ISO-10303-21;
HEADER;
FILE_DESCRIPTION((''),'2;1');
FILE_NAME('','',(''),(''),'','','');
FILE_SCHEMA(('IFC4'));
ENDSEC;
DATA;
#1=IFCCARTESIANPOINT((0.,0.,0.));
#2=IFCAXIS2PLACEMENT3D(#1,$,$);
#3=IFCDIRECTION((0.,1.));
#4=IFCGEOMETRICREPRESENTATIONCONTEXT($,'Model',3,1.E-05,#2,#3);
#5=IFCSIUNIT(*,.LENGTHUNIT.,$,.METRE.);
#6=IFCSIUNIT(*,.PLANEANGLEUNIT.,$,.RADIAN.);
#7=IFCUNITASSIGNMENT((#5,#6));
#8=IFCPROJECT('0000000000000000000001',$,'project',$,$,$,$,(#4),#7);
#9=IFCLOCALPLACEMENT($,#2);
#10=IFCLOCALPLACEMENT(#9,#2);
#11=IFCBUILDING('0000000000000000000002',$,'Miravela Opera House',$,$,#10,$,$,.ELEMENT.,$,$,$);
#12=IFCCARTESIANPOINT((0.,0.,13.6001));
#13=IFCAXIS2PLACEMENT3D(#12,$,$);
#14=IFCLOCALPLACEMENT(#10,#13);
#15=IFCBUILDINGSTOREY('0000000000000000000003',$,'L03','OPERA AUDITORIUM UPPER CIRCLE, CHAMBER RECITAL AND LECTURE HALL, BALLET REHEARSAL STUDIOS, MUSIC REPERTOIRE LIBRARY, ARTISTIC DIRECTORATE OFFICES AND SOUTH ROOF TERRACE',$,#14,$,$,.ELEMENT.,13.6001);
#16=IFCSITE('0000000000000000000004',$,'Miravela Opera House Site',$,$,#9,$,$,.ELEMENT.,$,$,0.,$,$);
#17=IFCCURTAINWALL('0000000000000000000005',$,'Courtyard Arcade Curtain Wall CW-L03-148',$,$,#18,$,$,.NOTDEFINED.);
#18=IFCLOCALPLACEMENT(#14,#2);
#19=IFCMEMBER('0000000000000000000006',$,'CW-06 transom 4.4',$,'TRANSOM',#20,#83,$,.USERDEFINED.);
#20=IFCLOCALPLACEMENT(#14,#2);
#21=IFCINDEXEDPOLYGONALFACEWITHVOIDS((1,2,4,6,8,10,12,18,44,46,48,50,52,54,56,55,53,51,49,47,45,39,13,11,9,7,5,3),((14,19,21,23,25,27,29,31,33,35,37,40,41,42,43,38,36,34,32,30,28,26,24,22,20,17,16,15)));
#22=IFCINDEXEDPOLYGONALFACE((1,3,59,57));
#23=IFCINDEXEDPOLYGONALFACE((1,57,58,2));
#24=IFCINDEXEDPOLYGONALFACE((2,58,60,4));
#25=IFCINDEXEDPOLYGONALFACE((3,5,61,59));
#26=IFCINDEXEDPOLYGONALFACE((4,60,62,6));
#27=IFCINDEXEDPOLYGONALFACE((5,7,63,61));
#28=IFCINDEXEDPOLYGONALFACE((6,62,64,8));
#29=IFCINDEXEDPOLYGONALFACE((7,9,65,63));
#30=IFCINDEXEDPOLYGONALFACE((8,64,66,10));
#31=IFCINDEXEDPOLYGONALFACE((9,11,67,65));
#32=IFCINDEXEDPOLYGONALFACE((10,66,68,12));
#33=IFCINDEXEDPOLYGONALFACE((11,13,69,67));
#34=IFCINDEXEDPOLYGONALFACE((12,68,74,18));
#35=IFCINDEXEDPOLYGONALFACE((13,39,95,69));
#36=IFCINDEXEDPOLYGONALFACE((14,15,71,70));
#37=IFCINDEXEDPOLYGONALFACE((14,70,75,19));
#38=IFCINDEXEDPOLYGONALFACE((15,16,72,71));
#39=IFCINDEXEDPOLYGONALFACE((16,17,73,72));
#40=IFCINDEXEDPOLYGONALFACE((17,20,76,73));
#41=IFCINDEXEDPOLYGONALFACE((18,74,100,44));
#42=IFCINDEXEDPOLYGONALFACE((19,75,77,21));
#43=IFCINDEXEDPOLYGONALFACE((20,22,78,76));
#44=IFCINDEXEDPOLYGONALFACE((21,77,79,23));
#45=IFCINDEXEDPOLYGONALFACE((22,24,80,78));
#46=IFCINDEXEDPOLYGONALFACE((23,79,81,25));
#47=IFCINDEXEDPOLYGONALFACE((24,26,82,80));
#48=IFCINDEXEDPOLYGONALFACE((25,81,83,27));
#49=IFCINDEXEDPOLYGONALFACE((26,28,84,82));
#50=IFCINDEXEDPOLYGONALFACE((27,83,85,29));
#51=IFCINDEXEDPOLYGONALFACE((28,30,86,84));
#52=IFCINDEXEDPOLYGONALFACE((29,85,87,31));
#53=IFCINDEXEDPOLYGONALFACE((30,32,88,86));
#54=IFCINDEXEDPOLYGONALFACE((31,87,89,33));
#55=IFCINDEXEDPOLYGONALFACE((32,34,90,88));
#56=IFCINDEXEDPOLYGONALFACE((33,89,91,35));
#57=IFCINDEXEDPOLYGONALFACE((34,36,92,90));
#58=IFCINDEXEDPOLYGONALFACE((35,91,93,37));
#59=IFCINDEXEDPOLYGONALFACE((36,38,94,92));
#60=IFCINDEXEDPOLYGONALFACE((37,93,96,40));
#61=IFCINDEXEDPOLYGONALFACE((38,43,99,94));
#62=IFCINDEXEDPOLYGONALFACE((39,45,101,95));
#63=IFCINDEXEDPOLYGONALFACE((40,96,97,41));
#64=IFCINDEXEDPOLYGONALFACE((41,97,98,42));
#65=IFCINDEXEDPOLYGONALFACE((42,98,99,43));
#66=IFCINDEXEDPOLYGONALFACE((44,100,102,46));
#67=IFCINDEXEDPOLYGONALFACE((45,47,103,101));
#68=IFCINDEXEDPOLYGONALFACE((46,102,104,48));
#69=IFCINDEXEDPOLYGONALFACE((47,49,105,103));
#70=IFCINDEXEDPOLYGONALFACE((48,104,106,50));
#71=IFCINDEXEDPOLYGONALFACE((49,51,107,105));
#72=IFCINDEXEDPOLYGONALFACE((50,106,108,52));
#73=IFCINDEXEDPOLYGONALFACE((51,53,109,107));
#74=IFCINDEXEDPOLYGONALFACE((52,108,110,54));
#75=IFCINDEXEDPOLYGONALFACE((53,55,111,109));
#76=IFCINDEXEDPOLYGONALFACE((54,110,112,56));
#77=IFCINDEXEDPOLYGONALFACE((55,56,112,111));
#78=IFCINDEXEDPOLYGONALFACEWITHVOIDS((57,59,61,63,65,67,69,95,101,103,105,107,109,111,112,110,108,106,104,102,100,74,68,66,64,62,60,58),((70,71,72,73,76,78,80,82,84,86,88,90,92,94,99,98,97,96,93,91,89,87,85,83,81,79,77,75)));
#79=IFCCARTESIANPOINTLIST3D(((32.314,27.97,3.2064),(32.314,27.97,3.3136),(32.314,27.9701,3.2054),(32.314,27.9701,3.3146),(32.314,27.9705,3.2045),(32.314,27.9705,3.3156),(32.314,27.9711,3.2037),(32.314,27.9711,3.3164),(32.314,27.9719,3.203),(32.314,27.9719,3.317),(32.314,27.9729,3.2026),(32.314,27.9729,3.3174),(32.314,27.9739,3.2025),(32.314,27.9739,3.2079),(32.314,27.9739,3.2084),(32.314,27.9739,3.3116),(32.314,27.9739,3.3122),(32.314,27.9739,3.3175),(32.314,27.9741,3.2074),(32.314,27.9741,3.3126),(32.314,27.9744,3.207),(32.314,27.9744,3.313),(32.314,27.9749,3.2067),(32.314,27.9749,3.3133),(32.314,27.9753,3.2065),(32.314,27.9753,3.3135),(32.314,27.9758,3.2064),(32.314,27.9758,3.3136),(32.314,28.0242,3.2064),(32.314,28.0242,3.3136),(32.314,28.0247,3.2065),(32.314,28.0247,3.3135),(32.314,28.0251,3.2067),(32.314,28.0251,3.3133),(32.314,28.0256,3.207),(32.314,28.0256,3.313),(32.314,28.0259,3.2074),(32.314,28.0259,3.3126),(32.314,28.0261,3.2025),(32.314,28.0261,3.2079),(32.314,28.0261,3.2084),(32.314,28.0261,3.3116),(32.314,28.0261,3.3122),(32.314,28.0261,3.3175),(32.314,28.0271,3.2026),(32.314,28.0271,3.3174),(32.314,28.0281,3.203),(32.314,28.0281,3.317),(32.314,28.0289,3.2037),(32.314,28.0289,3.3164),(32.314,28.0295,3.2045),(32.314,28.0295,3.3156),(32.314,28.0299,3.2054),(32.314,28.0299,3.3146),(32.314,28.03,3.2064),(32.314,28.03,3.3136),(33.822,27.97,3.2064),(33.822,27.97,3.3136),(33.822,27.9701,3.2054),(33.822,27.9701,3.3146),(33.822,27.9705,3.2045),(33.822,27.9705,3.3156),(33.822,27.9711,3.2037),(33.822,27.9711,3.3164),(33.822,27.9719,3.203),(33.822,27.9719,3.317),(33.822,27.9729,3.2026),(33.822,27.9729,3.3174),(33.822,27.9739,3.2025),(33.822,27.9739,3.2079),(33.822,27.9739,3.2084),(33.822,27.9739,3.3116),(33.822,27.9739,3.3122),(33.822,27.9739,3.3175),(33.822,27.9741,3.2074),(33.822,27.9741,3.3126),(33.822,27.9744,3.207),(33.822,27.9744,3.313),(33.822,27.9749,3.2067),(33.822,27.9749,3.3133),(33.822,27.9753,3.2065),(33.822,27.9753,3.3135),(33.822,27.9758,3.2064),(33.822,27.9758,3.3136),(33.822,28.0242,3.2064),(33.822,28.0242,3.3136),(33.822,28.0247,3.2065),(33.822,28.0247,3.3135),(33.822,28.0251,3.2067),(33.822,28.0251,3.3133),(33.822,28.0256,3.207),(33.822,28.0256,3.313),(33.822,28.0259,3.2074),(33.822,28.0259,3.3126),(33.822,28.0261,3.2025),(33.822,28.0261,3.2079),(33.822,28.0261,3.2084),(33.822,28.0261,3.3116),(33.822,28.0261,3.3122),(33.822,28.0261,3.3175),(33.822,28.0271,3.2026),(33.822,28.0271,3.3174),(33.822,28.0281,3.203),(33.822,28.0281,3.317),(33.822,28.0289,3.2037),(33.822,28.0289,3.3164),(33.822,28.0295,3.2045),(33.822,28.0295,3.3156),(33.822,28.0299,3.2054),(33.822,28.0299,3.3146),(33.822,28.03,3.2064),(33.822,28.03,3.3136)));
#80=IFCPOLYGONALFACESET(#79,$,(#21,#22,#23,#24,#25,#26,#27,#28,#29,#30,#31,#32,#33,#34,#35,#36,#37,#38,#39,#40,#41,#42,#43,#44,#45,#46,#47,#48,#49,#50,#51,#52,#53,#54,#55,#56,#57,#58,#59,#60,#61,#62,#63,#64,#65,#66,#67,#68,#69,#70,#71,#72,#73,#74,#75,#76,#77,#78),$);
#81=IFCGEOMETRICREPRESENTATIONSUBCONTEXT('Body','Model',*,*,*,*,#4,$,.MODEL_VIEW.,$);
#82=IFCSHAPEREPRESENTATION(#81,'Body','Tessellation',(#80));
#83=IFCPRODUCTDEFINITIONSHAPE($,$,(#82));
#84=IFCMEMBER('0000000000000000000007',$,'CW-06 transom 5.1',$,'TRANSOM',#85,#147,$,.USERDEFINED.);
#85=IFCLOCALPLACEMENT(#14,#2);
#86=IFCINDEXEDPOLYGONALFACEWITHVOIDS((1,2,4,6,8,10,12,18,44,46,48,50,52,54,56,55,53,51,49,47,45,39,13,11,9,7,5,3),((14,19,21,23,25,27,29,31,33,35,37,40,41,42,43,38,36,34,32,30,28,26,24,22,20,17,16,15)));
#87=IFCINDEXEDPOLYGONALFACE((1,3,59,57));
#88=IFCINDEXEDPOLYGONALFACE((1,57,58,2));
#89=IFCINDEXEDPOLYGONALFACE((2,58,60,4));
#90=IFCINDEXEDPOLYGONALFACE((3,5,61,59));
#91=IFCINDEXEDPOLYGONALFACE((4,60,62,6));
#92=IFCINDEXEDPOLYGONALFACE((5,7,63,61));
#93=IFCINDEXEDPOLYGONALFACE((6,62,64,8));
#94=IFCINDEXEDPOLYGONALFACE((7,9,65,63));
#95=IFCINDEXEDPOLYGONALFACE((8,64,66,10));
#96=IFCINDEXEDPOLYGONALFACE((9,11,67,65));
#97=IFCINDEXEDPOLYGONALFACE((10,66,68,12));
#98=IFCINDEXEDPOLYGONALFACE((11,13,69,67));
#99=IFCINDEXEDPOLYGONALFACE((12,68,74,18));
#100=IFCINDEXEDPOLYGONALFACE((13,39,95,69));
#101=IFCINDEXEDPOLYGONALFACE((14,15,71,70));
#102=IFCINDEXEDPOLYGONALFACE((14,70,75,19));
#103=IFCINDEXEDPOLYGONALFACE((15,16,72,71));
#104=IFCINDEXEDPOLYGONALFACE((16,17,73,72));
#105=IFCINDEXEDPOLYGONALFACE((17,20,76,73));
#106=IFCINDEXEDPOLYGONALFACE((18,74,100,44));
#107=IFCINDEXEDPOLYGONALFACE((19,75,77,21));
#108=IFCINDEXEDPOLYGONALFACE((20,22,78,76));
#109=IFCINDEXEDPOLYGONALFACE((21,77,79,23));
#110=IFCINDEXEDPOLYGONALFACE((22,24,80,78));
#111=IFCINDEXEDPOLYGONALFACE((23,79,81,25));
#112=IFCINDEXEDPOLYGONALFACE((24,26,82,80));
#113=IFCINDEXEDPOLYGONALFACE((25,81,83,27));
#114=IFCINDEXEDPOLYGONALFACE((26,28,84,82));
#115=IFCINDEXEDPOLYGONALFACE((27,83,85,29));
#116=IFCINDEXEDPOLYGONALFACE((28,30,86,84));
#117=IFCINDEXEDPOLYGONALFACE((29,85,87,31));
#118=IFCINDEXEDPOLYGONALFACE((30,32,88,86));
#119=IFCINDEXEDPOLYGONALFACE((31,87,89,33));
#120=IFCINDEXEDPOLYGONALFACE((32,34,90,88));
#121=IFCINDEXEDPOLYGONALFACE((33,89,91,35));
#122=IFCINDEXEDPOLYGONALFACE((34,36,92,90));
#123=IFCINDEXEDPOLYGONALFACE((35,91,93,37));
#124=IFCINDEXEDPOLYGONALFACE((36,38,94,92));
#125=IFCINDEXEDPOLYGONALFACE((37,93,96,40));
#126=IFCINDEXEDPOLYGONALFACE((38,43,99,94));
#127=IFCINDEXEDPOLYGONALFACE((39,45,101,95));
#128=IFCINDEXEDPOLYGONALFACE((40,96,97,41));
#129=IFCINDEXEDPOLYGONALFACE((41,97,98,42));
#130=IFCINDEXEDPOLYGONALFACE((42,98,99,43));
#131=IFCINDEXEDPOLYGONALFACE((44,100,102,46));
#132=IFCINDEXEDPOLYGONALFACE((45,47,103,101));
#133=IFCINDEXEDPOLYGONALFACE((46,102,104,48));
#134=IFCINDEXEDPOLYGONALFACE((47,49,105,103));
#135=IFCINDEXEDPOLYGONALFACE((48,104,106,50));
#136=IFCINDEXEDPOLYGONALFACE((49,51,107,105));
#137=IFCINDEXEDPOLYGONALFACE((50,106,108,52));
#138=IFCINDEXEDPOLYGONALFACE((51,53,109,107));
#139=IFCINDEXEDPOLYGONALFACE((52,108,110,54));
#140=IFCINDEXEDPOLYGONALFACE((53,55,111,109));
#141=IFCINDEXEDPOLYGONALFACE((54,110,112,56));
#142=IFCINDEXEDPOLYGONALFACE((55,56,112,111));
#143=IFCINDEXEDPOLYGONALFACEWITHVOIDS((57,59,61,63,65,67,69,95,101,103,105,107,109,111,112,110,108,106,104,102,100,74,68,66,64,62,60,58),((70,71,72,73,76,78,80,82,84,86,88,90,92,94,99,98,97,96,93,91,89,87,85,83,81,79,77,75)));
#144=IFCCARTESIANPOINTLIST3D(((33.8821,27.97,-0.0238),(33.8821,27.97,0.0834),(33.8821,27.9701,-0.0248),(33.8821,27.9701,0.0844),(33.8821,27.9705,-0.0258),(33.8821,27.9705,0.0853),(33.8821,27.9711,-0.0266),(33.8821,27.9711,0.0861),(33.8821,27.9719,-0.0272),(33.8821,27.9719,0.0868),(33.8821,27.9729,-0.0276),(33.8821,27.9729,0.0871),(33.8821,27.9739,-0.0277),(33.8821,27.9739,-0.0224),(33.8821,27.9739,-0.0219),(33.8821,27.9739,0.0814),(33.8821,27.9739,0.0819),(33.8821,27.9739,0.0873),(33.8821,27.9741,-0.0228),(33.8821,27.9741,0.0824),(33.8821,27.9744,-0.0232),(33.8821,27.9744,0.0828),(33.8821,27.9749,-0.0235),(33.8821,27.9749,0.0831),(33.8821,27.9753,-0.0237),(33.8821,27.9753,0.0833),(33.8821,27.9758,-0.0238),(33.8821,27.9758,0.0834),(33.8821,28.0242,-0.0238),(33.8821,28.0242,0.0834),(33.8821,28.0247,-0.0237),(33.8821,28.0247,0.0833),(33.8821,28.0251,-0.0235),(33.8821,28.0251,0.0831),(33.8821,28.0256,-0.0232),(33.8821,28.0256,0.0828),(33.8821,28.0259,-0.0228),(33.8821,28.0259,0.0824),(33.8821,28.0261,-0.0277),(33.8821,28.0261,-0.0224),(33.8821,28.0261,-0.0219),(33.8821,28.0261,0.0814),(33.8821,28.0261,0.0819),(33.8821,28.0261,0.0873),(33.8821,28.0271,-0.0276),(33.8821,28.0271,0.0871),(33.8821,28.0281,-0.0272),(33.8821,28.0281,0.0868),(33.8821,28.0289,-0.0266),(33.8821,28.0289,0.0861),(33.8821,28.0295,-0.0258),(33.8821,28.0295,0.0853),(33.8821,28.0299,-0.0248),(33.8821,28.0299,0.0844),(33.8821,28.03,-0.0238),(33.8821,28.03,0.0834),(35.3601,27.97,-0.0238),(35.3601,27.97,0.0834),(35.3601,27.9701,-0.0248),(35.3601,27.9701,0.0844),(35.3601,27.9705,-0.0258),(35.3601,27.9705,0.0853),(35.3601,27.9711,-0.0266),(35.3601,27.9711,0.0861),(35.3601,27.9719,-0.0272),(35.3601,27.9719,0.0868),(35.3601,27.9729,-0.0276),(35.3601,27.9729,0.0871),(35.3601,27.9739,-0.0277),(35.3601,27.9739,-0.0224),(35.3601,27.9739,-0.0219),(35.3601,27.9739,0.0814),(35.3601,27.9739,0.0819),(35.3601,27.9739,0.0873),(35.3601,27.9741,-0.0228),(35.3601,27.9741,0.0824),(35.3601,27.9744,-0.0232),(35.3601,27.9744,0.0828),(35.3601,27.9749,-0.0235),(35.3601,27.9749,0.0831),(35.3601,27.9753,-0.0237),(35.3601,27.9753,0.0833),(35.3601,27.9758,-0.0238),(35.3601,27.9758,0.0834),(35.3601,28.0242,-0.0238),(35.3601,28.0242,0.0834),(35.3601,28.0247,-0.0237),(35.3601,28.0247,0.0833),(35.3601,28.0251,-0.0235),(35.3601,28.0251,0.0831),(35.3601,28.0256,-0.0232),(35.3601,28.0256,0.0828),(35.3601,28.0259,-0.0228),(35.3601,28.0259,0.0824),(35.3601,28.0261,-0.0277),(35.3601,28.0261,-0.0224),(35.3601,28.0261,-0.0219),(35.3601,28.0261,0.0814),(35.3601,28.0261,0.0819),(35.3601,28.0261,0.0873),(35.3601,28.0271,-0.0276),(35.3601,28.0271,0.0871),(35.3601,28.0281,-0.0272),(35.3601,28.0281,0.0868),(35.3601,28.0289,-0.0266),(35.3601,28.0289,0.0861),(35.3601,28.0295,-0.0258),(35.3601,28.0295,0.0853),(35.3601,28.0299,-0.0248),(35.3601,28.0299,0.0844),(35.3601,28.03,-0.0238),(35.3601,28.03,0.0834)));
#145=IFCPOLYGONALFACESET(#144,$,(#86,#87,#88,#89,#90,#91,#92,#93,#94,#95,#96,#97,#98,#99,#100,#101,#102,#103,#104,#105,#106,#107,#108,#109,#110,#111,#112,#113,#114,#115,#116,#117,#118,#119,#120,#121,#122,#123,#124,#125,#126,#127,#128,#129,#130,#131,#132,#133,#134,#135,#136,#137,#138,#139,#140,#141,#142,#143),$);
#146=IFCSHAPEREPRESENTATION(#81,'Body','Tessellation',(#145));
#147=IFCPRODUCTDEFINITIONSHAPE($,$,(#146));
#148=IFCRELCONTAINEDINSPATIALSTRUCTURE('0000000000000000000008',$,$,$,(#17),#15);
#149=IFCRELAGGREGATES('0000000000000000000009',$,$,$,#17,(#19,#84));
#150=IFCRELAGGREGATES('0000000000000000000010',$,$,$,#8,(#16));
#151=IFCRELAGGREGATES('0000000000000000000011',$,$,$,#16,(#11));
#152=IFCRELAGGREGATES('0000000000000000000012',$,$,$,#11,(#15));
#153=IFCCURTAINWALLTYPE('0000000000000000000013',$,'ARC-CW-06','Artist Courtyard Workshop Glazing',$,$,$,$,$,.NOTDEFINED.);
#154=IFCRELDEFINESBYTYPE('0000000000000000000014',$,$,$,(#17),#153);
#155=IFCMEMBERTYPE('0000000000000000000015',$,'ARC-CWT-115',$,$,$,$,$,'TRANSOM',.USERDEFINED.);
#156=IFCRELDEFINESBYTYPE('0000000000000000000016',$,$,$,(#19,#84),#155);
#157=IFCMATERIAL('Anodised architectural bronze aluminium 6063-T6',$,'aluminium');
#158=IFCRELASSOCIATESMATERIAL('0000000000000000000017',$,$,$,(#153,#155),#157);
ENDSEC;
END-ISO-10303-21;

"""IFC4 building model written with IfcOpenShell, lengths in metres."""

from ifc_helpers import new_model, si_unit, direction, frame, origin, origin_2d, place, context, subcontext, project, spatial, hollow_rectangle, extrude, material, material_profile, profile_set, type_object, element, aggregate, save


model = new_model("IFC4")

# Units and contexts
model_context = context("Model", 3, precision=1e-05, world=origin(), true_north=direction((0.0, 1.0)))
body_context = subcontext(model_context, "Body", "Model", "MODEL_VIEW")
ifc_project = project(units=[si_unit("LENGTHUNIT", "METRE"), si_unit("PLANEANGLEUNIT", "RADIAN")], contexts=[model_context])

# Site, building, storey
site_placement = place(None, origin())
site = spatial("IfcSite", under=ifc_project, at=site_placement, Name="Miravela Opera House Site", CompositionType="ELEMENT", RefElevation=0.0)
building_placement = place(site_placement, origin())
building = spatial("IfcBuilding", under=site, at=building_placement, Name="Miravela Opera House", CompositionType="ELEMENT")
storey_placement = place(building_placement, frame((0.0, 0.0, 13.6001)))
storey = spatial("IfcBuildingStorey", under=building, at=storey_placement, Name="L03", Description="OPERA AUDITORIUM UPPER CIRCLE, CHAMBER RECITAL AND LECTURE HALL, BALLET REHEARSAL STUDIOS, MUSIC REPERTOIRE LIBRARY, ARTISTIC DIRECTORATE OFFICES AND SOUTH ROOF TERRACE", CompositionType="ELEMENT", Elevation=13.6001)

# Curtain wall, members
ifc_material_1 = material(Name="Anodised architectural bronze aluminium 6063-T6", Category="aluminium")
curtain_wall_type = type_object("IfcCurtainWallType", Name="ARC-CW-06", Description="Artist Courtyard Workshop Glazing", PredefinedType="NOTDEFINED", material=ifc_material_1)
curtain_wall_placement = place(storey_placement, origin())
curtain_wall = element("IfcCurtainWall", 1, at=curtain_wall_placement, inside=storey, type_object=curtain_wall_type, Name="Courtyard Arcade Curtain Wall CW-L03-148", PredefinedType="NOTDEFINED")
ifc_material_profile_1 = material_profile(ifc_material_1, hollow_rectangle(XDim=0.0601, YDim=0.115, WallThickness=0.0039, InnerFilletRadius=0.002, OuterFilletRadius=0.0039, at=origin_2d()), Name="CWT-60X115")
ifc_profile_set_1 = profile_set([ifc_material_profile_1])
member_type_1 = type_object("IfcMemberType", Name="ARC-CWT-115", ElementType="TRANSOM", PredefinedType="USERDEFINED", material=ifc_profile_set_1)
member_1_placement = place(storey_placement, frame((32.314, 28.0, 3.26), z_axis=(1.0, 0.0, 0.0), x_axis=(0.0, 1.0, 0.0)))
member_1 = element("IfcMember", 2, at=member_1_placement, type_object=member_type_1, Name="CW-06 transom 4.4", ObjectType="TRANSOM", PredefinedType="USERDEFINED", context=body_context, shape_type="SweptSolid", body=[
    extrude(hollow_rectangle(XDim=0.0601, YDim=0.115, WallThickness=0.0039, InnerFilletRadius=0.002, OuterFilletRadius=0.0039, at=origin_2d()), origin(), (0.0, 0.0, 1.0), 1.5081),
])
member_2_placement = place(storey_placement, frame((33.8821, 28.0, 0.0298), z_axis=(1.0, 0.0, 0.0), x_axis=(0.0, 1.0, 0.0)))
member_2 = element("IfcMember", 3, at=member_2_placement, type_object=member_type_1, Name="CW-06 transom 5.1", ObjectType="TRANSOM", PredefinedType="USERDEFINED", context=body_context, shape_type="SweptSolid", body=[
    extrude(hollow_rectangle(XDim=0.0601, YDim=0.115, WallThickness=0.0039, InnerFilletRadius=0.002, OuterFilletRadius=0.0039, at=origin_2d()), origin(), (0.0, 0.0, 1.0), 1.478),
])
aggregate(curtain_wall, [member_1, member_2])

save(model, "model.ifc")
